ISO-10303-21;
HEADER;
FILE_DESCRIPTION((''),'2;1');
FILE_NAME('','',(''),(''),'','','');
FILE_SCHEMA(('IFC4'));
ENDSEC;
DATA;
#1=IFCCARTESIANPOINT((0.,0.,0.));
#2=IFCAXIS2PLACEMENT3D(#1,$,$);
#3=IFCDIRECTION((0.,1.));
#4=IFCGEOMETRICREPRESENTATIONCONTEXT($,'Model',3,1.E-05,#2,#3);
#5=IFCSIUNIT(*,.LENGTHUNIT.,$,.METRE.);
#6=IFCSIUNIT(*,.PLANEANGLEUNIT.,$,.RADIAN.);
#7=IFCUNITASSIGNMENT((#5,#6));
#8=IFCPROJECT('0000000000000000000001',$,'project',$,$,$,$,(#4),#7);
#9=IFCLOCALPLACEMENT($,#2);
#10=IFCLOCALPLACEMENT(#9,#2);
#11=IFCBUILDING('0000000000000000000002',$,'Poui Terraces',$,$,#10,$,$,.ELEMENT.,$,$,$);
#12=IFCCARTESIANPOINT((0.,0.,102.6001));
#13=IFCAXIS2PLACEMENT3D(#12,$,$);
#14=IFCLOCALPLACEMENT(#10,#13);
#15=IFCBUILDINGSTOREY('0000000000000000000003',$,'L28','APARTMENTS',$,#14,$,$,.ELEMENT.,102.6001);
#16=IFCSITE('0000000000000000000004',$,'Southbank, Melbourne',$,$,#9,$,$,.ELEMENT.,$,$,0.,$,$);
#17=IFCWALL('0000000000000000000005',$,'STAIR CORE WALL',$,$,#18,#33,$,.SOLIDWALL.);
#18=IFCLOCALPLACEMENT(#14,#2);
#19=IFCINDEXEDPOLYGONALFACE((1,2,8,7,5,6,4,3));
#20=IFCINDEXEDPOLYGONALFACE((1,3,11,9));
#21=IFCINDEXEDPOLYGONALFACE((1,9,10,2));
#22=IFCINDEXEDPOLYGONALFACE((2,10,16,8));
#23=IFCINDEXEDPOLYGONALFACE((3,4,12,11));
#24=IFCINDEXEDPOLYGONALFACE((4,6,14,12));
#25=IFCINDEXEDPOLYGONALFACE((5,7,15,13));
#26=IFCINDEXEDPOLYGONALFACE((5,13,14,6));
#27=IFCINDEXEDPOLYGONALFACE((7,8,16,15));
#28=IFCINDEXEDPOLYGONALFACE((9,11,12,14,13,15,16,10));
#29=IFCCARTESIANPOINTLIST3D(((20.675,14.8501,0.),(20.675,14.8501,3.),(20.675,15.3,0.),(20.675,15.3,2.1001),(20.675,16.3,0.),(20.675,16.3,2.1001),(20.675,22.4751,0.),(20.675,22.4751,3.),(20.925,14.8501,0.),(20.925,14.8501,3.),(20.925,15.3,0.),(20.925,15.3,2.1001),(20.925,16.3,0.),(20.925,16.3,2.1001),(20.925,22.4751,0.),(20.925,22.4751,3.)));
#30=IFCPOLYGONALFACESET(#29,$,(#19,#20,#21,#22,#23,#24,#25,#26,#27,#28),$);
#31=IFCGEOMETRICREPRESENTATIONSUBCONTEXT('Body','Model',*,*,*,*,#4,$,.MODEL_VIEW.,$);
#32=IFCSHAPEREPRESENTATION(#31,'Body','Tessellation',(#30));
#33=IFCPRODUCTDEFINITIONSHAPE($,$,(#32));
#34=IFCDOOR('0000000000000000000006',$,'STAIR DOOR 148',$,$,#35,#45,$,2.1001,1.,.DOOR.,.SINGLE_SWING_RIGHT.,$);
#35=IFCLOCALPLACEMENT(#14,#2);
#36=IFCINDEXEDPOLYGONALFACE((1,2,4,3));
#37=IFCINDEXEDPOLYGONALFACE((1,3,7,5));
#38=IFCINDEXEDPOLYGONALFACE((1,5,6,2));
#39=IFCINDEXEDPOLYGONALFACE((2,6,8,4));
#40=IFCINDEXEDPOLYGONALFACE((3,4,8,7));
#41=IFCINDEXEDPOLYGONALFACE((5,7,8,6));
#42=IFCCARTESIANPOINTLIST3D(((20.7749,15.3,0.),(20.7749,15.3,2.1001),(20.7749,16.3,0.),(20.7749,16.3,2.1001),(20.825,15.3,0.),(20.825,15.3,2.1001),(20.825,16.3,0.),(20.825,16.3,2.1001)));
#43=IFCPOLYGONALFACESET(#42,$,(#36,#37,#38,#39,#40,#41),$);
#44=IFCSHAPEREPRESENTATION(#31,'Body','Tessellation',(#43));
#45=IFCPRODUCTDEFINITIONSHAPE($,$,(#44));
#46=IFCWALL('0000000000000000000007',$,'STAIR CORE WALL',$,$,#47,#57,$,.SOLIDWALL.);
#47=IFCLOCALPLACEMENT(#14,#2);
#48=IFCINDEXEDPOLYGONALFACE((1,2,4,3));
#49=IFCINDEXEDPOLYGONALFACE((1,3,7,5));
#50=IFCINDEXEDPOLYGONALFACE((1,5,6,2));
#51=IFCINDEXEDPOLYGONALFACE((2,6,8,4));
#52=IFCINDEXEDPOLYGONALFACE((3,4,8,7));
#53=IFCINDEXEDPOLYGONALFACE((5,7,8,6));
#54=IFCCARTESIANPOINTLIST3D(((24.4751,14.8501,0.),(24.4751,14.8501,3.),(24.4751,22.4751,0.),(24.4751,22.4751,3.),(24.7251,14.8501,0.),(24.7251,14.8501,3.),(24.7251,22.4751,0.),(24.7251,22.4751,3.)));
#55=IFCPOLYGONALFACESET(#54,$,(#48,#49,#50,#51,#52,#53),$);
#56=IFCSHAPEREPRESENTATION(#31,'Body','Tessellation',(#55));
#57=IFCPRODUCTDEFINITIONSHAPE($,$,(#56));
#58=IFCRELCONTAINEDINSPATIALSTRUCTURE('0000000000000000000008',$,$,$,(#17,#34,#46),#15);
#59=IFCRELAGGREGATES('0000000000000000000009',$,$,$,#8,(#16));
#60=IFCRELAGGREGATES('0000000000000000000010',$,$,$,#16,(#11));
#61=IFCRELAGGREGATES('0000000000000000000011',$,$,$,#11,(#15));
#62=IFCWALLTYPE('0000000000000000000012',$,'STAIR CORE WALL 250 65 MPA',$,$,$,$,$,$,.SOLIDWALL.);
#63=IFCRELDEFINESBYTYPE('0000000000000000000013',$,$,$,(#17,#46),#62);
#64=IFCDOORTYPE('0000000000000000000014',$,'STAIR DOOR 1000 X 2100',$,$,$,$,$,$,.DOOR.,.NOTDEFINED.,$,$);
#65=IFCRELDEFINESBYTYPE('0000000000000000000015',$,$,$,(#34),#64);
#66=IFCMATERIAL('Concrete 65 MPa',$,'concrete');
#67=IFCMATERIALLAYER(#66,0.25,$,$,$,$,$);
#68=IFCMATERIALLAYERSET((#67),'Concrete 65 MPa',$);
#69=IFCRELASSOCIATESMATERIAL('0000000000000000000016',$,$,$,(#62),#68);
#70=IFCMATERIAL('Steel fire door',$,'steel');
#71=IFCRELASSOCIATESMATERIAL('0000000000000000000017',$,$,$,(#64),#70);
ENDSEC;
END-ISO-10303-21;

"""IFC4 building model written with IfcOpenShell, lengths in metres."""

from ifc_helpers import new_model, si_unit, direction, frame, frame_2d, origin, place, context, subcontext, project, spatial, rectangle, extrude, material, layer, layer_set, type_object, element, fill, save


model = new_model("IFC4")

# Units and contexts
model_context = context("Model", 3, precision=1e-05, world=origin(), true_north=direction((0.0, 1.0)))
body_context = subcontext(model_context, "Body", "Model", "MODEL_VIEW")
ifc_project = project(units=[si_unit("LENGTHUNIT", "METRE"), si_unit("PLANEANGLEUNIT", "RADIAN")], contexts=[model_context])

# Site, building, storey
site_placement = place(None, origin())
site = spatial("IfcSite", under=ifc_project, at=site_placement, Name="Southbank, Melbourne", CompositionType="ELEMENT", RefElevation=0.0)
building_placement = place(site_placement, origin())
building = spatial("IfcBuilding", under=site, at=building_placement, Name="Poui Terraces", CompositionType="ELEMENT")
storey_placement = place(building_placement, frame((0.0, 0.0, 102.6001)))
storey = spatial("IfcBuildingStorey", under=building, at=storey_placement, Name="L28", Description="APARTMENTS", CompositionType="ELEMENT", Elevation=102.6001)

# Shared definitions
ifc_material_1 = material(Name="Concrete 65 MPa", Category="concrete")

# Shared definitions
ifc_material_2 = material(Name="Steel fire door", Category="steel")

# Shared definitions
ifc_layer_1 = layer(ifc_material_1, 0.25)
ifc_layer_set_1 = layer_set([ifc_layer_1], Name="Concrete 65 MPa")
wall_type_1 = type_object("IfcWallType", Name="STAIR CORE WALL 250 65 MPA", PredefinedType="SOLIDWALL", material=ifc_layer_set_1)

# Wall, opening, door
wall_1_placement = place(storey_placement, frame((20.8, 14.8501, 0.0), z_axis=(0.0, 0.0, 1.0), x_axis=(0.0, 1.0, 0.0)))
wall_1 = element("IfcWall", 1, at=wall_1_placement, inside=storey, type_object=wall_type_1, Name="STAIR CORE WALL", PredefinedType="SOLIDWALL", context=body_context, shape_type="SweptSolid", body=[
    extrude(rectangle(XDim=7.625, YDim=0.25, at=frame_2d((3.8125, 0.0))), origin(), (0.0, 0.0, 1.0), 3.0),
])
opening_1_placement = place(wall_1_placement, frame((0.45, 0.0, 0.0)))
opening_1 = element("IfcOpeningElement", 2, at=opening_1_placement, cuts=wall_1, PredefinedType="OPENING", context=body_context, shape_type="SweptSolid", body=[
    extrude(rectangle(XDim=1.0, YDim=2.1001, at=frame_2d((0.5, 1.05))), frame((0.0, 0.135, 0.0), z_axis=(0.0, -1.0, 0.0), x_axis=(1.0, 0.0, 0.0)), (0.0, 0.0, 1.0), 0.27),
])
door_type_1 = type_object("IfcDoorType", Name="STAIR DOOR 1000 X 2100", OperationType="NOTDEFINED", PredefinedType="DOOR", material=ifc_material_2)
door_1_placement = place(opening_1_placement, frame((1.0, 0.0, 0.0), z_axis=(0.0, 0.0, 1.0), x_axis=(-1.0, 0.0, 0.0)))
door_1 = element("IfcDoor", 3, at=door_1_placement, inside=storey, type_object=door_type_1, Name="STAIR DOOR 148", OperationType="SINGLE_SWING_RIGHT", OverallHeight=2.1001, OverallWidth=1.0, PredefinedType="DOOR", context=body_context, shape_type="SweptSolid", body=[
    extrude(rectangle(XDim=1.0, YDim=2.1001, at=frame_2d((0.5, 1.05))), frame((0.0, 0.0249, 0.0), z_axis=(0.0, -1.0, 0.0), x_axis=(1.0, 0.0, 0.0)), (0.0, 0.0, 1.0), 0.05),
])
fill(opening_1, door_1)

# Wall
wall_2_placement = place(storey_placement, frame((24.6001, 14.8501, 0.0), z_axis=(0.0, 0.0, 1.0), x_axis=(0.0, 1.0, 0.0)))
element("IfcWall", 4, at=wall_2_placement, inside=storey, type_object=wall_type_1, Name="STAIR CORE WALL", PredefinedType="SOLIDWALL", context=body_context, shape_type="SweptSolid", body=[
    extrude(rectangle(XDim=7.625, YDim=0.25, at=frame_2d((3.8125, 0.0))), origin(), (0.0, 0.0, 1.0), 3.0),
])

save(model, "model.ifc")
